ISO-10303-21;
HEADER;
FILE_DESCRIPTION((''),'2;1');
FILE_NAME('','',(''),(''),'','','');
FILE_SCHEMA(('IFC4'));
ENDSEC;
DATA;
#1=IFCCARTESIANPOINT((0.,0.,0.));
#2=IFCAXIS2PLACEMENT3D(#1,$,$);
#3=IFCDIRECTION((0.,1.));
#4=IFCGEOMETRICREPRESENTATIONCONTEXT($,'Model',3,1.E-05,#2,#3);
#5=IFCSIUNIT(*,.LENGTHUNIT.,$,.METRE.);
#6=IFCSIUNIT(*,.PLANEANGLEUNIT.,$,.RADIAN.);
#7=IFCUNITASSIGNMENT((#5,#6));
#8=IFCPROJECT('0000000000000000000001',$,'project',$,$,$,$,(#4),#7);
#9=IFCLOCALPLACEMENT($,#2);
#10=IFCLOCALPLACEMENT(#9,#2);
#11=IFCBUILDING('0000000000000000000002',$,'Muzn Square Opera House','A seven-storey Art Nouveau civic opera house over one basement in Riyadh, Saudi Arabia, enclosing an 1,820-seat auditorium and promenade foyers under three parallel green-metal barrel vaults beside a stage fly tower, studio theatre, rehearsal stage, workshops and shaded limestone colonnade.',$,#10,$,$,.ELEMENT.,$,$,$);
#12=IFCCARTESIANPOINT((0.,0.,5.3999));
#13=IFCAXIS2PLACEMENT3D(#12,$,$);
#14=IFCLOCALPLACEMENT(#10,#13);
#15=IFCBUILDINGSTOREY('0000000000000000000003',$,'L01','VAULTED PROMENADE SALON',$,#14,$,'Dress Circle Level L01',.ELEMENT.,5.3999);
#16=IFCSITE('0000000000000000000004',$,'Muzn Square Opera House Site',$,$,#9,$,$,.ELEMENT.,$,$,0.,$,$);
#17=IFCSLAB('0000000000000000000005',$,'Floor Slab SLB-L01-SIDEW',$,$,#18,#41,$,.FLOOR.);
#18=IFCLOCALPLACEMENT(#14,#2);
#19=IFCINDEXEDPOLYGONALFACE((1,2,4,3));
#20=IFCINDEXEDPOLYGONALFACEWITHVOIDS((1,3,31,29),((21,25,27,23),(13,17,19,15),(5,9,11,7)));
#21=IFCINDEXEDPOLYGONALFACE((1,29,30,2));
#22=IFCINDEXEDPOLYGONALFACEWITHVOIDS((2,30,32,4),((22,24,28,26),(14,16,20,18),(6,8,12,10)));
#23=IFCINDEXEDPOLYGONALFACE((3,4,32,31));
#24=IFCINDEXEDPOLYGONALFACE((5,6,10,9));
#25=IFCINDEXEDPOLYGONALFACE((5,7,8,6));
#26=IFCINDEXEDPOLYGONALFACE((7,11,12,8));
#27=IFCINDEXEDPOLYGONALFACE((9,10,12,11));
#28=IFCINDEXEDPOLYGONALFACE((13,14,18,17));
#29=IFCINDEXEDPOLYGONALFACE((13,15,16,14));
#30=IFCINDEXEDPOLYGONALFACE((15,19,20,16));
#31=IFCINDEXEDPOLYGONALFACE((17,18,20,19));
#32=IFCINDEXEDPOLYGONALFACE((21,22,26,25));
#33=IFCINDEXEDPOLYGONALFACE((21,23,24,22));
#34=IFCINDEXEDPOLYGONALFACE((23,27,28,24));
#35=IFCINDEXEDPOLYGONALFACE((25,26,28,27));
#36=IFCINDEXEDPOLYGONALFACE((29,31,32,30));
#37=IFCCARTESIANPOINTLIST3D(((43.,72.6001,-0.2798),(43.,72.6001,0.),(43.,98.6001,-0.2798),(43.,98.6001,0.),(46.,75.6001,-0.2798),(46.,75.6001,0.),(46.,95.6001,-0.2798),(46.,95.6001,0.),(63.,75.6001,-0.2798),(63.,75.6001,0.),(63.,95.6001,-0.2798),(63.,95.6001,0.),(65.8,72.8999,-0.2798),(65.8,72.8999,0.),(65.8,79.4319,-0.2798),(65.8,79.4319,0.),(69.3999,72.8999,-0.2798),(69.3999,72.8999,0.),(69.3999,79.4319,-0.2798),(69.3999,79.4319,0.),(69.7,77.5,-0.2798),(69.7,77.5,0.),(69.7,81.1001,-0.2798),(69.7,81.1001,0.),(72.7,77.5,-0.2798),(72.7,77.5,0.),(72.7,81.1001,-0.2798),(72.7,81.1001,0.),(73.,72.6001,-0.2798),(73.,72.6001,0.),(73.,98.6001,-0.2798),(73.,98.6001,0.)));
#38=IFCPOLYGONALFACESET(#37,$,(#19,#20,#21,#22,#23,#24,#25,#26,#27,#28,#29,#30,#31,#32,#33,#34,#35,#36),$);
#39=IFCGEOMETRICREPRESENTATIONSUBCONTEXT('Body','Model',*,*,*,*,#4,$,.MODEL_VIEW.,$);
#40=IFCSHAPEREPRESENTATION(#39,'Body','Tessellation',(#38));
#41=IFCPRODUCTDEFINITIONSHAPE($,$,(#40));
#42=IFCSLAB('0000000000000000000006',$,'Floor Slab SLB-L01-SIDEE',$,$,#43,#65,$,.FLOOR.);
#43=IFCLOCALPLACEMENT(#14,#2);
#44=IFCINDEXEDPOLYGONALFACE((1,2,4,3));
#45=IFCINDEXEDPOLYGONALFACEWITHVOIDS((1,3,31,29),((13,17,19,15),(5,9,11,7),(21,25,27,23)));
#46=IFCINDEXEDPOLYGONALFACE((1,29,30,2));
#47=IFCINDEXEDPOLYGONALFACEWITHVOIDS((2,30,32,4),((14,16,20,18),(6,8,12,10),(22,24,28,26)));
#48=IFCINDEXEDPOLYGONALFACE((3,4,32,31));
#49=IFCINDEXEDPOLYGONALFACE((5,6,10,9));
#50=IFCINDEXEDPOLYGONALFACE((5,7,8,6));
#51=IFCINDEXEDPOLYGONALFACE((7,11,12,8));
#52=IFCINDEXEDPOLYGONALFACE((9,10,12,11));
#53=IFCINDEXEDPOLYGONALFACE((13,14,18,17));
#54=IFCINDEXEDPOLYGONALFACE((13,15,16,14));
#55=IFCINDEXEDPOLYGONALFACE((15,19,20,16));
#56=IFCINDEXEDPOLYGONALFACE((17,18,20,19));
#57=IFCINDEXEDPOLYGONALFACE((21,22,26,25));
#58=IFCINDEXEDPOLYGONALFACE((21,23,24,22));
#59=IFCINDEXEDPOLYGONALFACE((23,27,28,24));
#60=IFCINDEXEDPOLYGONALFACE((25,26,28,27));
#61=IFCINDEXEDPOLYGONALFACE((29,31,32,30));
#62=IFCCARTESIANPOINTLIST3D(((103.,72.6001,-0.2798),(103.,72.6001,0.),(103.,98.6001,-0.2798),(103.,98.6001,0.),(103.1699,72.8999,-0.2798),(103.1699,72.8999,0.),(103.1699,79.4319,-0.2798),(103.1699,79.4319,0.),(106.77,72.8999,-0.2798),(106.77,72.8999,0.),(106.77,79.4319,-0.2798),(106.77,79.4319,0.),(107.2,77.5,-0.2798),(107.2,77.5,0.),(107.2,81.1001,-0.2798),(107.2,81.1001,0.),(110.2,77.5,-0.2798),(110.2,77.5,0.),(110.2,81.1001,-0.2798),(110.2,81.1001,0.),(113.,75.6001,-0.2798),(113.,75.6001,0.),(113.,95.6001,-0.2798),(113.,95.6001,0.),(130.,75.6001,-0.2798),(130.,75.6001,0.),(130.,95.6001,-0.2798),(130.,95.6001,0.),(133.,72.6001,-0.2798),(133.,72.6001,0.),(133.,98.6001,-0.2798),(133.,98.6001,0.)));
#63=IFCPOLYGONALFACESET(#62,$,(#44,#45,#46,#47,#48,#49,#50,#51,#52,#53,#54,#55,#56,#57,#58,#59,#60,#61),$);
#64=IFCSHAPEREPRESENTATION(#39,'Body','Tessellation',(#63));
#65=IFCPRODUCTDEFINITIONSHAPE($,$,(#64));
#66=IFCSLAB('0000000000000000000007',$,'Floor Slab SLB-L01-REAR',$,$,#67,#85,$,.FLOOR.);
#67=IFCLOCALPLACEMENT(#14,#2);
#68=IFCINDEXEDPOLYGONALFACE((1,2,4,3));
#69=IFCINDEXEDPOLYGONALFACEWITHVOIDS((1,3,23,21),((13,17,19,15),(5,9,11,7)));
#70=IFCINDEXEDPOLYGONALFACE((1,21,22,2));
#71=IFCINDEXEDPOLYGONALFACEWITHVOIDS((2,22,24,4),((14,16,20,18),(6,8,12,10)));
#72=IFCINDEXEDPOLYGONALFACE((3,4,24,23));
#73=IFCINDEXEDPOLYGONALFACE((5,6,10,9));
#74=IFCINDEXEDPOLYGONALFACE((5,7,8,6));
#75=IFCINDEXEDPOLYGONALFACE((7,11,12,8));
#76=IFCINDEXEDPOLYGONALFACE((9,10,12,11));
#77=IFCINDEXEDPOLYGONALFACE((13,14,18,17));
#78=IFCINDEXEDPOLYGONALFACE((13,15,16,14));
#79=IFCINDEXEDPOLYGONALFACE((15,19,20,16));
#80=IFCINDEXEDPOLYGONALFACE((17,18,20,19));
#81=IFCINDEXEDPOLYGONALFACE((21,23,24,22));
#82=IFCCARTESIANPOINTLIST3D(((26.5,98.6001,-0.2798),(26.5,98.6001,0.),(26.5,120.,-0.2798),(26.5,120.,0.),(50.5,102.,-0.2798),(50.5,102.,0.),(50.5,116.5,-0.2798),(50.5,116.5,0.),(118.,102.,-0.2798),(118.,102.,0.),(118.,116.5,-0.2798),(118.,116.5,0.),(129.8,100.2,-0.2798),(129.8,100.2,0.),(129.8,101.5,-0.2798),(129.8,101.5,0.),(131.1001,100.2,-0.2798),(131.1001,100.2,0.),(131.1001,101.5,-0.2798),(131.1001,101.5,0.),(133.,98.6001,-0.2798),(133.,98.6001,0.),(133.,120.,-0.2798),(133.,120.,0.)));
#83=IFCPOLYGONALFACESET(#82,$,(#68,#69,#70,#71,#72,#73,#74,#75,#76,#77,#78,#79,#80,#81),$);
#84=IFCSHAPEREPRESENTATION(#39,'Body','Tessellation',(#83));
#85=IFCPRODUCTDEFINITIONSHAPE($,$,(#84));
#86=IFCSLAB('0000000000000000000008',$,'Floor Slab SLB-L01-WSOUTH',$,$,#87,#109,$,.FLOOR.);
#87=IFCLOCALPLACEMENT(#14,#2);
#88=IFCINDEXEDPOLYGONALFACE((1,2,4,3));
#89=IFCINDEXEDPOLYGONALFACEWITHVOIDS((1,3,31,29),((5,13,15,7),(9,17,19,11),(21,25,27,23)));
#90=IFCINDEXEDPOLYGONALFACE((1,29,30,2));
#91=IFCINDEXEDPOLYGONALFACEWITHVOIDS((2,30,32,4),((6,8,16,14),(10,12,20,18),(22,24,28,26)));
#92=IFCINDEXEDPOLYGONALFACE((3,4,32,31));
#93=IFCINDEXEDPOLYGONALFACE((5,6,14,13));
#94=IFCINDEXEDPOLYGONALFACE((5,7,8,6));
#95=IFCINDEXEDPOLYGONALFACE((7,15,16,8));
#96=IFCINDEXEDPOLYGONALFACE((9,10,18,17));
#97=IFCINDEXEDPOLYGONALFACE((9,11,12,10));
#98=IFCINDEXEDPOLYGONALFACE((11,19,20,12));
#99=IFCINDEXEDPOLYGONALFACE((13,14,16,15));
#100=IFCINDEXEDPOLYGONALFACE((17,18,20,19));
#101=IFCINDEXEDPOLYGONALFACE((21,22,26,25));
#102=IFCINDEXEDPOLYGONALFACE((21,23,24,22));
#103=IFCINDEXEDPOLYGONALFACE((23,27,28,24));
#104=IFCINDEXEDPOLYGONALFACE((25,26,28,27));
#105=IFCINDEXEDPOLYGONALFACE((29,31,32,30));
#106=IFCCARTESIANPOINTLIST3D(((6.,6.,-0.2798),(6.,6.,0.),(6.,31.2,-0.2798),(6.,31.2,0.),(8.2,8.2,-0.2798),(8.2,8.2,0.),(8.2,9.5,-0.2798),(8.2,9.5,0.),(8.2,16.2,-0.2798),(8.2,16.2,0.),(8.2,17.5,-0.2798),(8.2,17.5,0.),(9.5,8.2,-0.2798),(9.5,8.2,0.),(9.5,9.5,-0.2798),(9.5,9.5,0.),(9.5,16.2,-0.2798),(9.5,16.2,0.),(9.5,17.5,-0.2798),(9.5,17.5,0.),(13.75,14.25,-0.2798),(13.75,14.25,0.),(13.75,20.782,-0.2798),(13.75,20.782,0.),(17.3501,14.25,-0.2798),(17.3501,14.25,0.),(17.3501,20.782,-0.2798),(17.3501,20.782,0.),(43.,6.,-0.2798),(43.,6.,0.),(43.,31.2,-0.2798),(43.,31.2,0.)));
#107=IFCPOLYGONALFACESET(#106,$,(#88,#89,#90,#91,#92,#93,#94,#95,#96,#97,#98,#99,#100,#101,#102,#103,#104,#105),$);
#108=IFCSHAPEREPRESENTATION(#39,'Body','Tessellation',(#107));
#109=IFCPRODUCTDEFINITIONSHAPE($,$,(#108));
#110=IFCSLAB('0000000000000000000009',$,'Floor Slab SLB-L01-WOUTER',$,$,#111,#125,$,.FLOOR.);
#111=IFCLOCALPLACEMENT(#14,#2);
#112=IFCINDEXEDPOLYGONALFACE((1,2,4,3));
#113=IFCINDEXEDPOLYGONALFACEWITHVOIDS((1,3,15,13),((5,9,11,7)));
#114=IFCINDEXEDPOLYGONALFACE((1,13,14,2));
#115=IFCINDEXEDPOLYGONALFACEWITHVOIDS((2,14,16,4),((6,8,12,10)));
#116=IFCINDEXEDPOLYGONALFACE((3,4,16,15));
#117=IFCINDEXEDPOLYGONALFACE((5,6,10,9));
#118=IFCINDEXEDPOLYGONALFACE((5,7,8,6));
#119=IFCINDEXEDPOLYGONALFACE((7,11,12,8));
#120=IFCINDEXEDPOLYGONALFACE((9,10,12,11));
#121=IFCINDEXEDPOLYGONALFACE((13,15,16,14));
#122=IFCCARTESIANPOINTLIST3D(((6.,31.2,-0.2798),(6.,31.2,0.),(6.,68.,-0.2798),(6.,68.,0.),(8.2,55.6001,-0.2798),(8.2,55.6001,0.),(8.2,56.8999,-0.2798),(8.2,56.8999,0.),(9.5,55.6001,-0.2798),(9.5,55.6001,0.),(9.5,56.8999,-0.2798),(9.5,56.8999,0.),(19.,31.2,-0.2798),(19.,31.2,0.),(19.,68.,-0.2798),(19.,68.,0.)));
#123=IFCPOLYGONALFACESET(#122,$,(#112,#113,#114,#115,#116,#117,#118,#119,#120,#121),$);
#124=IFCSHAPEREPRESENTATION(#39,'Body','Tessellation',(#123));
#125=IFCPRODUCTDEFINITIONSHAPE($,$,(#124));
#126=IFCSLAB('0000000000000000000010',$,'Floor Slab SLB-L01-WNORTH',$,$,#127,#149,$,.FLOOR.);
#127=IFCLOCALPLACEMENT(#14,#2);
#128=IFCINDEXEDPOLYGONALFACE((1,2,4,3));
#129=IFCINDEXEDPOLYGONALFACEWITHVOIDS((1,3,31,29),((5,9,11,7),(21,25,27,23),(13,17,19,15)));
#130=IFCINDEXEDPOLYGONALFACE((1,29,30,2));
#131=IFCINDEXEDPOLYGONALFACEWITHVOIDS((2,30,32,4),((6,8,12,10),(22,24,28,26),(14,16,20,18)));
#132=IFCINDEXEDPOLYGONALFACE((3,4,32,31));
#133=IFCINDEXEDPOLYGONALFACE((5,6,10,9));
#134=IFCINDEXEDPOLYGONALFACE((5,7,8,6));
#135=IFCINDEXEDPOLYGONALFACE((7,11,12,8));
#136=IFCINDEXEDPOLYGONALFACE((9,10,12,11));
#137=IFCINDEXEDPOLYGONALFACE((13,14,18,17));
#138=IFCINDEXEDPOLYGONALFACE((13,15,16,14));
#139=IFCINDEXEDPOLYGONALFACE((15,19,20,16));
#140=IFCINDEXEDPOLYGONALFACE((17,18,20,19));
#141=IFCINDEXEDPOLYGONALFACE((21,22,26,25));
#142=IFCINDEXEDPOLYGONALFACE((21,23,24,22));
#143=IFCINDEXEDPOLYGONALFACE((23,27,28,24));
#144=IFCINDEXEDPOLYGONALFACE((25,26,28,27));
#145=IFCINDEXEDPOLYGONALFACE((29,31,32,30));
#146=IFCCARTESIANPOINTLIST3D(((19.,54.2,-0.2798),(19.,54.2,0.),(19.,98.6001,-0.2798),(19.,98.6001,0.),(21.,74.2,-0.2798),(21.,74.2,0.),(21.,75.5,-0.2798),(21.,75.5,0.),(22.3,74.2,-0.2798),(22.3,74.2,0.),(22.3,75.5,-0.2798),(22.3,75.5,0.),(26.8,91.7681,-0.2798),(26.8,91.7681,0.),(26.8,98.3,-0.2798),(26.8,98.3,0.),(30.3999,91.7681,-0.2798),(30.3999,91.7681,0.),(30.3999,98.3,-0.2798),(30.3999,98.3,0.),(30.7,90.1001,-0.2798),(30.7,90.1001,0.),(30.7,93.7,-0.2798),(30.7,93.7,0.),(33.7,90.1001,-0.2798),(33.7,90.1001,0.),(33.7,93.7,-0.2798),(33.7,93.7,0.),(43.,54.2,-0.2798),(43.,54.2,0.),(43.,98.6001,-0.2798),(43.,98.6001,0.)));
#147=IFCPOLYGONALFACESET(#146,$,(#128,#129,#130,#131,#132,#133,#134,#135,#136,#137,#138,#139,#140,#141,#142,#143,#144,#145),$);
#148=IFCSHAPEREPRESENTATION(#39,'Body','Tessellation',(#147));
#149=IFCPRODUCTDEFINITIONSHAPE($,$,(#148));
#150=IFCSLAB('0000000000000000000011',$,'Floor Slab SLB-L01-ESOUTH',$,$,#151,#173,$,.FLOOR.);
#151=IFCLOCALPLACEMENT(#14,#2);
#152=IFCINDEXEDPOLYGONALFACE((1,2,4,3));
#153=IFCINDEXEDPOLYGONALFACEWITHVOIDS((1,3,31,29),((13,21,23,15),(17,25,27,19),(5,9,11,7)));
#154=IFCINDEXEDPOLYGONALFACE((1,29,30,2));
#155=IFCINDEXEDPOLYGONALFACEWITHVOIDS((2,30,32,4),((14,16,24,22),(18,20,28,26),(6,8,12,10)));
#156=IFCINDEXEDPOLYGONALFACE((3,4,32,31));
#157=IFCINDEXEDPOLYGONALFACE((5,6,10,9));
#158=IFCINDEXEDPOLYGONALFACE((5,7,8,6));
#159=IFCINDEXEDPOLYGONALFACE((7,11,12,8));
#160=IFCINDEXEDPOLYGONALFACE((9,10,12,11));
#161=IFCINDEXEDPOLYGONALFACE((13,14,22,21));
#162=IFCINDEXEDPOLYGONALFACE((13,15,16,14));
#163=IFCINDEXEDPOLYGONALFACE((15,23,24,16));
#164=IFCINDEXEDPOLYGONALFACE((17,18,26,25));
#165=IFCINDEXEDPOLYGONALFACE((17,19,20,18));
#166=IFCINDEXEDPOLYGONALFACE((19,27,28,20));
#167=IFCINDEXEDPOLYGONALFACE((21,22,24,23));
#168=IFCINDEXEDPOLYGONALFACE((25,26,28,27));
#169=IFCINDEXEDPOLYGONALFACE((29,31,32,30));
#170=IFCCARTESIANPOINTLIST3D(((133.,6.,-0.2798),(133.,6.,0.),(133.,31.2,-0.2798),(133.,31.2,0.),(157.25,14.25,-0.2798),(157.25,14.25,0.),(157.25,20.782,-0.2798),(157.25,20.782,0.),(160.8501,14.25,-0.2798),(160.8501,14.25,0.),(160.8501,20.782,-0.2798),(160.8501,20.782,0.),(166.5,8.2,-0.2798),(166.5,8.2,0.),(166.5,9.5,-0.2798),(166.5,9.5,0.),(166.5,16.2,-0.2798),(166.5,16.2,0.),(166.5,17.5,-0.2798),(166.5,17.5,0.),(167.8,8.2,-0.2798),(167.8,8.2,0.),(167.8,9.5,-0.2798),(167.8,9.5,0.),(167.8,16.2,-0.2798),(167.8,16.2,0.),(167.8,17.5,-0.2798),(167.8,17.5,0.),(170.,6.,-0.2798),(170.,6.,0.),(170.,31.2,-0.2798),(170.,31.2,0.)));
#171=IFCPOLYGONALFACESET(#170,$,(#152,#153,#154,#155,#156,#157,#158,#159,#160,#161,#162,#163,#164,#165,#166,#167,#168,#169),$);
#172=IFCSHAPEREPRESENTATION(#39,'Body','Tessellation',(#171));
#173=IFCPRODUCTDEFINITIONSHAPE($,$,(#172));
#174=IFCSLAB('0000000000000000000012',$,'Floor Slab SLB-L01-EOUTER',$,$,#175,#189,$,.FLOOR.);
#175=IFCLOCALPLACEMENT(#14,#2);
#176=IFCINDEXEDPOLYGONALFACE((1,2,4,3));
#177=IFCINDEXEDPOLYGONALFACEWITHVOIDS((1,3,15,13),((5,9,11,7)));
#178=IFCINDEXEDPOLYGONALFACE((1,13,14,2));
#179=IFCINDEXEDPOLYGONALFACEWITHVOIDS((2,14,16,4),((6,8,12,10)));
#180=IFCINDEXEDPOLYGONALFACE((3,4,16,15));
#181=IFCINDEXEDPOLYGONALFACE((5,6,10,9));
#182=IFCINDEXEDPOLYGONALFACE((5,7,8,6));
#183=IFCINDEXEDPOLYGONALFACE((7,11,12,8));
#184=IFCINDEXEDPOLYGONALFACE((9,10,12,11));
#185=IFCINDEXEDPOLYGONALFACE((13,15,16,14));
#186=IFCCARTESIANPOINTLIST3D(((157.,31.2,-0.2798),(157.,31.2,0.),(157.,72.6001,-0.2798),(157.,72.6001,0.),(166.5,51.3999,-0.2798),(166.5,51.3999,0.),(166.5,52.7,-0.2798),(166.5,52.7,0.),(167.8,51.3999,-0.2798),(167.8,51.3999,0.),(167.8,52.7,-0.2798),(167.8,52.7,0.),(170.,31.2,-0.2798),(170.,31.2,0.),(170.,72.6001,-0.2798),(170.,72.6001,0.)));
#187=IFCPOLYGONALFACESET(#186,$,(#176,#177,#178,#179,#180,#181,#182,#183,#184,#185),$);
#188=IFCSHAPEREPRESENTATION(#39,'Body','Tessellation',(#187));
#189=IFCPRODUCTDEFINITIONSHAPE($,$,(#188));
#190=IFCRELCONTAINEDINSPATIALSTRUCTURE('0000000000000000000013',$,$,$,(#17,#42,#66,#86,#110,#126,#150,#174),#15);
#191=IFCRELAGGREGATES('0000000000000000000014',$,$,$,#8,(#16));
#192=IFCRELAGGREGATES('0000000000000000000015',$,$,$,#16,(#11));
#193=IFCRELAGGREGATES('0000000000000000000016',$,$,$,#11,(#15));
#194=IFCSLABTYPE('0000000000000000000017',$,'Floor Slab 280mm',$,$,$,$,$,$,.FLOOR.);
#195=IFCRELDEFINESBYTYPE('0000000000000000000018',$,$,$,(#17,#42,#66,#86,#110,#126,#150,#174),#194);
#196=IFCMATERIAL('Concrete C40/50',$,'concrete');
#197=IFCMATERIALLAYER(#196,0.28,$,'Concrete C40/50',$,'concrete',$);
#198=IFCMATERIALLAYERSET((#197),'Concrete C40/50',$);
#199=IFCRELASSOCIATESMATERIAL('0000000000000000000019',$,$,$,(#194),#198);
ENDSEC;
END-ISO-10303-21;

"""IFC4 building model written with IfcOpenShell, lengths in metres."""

from ifc_helpers import new_model, si_unit, direction, frame, origin, place, context, subcontext, project, spatial, polyline, outline, extrude, material, layer, layer_set, type_object, element, save


model = new_model("IFC4")

# Units and contexts
model_context = context("Model", 3, precision=1e-05, world=origin(), true_north=direction((0.0, 1.0)))
body_context = subcontext(model_context, "Body", "Model", "MODEL_VIEW")
ifc_project = project(units=[si_unit("LENGTHUNIT", "METRE"), si_unit("PLANEANGLEUNIT", "RADIAN")], contexts=[model_context])

# Site, building, storey
site_placement = place(None, origin())
site = spatial("IfcSite", under=ifc_project, at=site_placement, Name="Muzn Square Opera House Site", CompositionType="ELEMENT", RefElevation=0.0)
building_placement = place(site_placement, origin())
building = spatial("IfcBuilding", under=site, at=building_placement, Name="Muzn Square Opera House", Description="A seven-storey Art Nouveau civic opera house over one basement in Riyadh, Saudi Arabia, enclosing an 1,820-seat auditorium and promenade foyers under three parallel green-metal barrel vaults beside a stage fly tower, studio theatre, rehearsal stage, workshops and shaded limestone colonnade.", CompositionType="ELEMENT")
storey_placement = place(building_placement, frame((0.0, 0.0, 5.3999)))
storey = spatial("IfcBuildingStorey", under=building, at=storey_placement, Name="L01", Description="VAULTED PROMENADE SALON", LongName="Dress Circle Level L01", CompositionType="ELEMENT", Elevation=5.3999)

# Slabs
ifc_material_1 = material(Name="Concrete C40/50", Category="concrete")
ifc_layer_1 = layer(ifc_material_1, 0.28, Name="Concrete C40/50", Category="concrete")
ifc_layer_set_1 = layer_set([ifc_layer_1], Name="Concrete C40/50")
slab_type_1 = type_object("IfcSlabType", Name="Floor Slab 280mm", PredefinedType="FLOOR", material=ifc_layer_set_1)
slab_1_placement = place(storey_placement, frame((0.0, 0.0, -0.2798)))
element("IfcSlab", 1, at=slab_1_placement, inside=storey, type_object=slab_type_1, Name="Floor Slab SLB-L01-SIDEW", PredefinedType="FLOOR", context=body_context, shape_type="SweptSolid", body=[
    extrude(outline(polyline([(43.0, 72.6001), (73.0, 72.6001), (73.0, 98.6001), (43.0, 98.6001), (43.0, 72.6001)]), holes=[polyline([(46.0, 75.6001), (63.0, 75.6001), (63.0, 95.6001), (46.0, 95.6001), (46.0, 75.6001)]), polyline([(65.8, 72.8999), (69.3999, 72.8999), (69.3999, 79.4319), (65.8, 79.4319), (65.8, 72.8999)]), polyline([(69.7, 77.5), (72.7, 77.5), (72.7, 81.1001), (69.7, 81.1001), (69.7, 77.5)])]), origin(), (0.0, 0.0, 1.0), 0.2798),
])
slab_2_placement = place(storey_placement, frame((0.0, 0.0, -0.2798)))
element("IfcSlab", 2, at=slab_2_placement, inside=storey, type_object=slab_type_1, Name="Floor Slab SLB-L01-SIDEE", PredefinedType="FLOOR", context=body_context, shape_type="SweptSolid", body=[
    extrude(outline(polyline([(103.0, 72.6001), (133.0, 72.6001), (133.0, 98.6001), (103.0, 98.6001), (103.0, 72.6001)]), holes=[polyline([(113.0, 75.6001), (130.0, 75.6001), (130.0, 95.6001), (113.0, 95.6001), (113.0, 75.6001)]), polyline([(103.1699, 72.8999), (106.77, 72.8999), (106.77, 79.4319), (103.1699, 79.4319), (103.1699, 72.8999)]), polyline([(107.2, 77.5), (110.2, 77.5), (110.2, 81.1001), (107.2, 81.1001), (107.2, 77.5)])]), origin(), (0.0, 0.0, 1.0), 0.2798),
])
slab_3_placement = place(storey_placement, frame((0.0, 0.0, -0.2798)))
element("IfcSlab", 3, at=slab_3_placement, inside=storey, type_object=slab_type_1, Name="Floor Slab SLB-L01-REAR", PredefinedType="FLOOR", context=body_context, shape_type="SweptSolid", body=[
    extrude(outline(polyline([(26.5, 98.6001), (133.0, 98.6001), (133.0, 120.0), (26.5, 120.0), (26.5, 98.6001)]), holes=[polyline([(50.5, 102.0), (118.0, 102.0), (118.0, 116.5), (50.5, 116.5), (50.5, 102.0)]), polyline([(129.8, 100.2), (131.1001, 100.2), (131.1001, 101.5), (129.8, 101.5), (129.8, 100.2)])]), origin(), (0.0, 0.0, 1.0), 0.2798),
])
slab_4_placement = place(storey_placement, frame((0.0, 0.0, -0.2798)))
element("IfcSlab", 4, at=slab_4_placement, inside=storey, type_object=slab_type_1, Name="Floor Slab SLB-L01-WSOUTH", PredefinedType="FLOOR", context=body_context, shape_type="SweptSolid", body=[
    extrude(outline(polyline([(6.0, 6.0), (43.0, 6.0), (43.0, 31.2), (6.0, 31.2), (6.0, 6.0)]), holes=[polyline([(13.75, 14.25), (17.3501, 14.25), (17.3501, 20.782), (13.75, 20.782), (13.75, 14.25)]), polyline([(8.2, 8.2), (9.5, 8.2), (9.5, 9.5), (8.2, 9.5), (8.2, 8.2)]), polyline([(8.2, 16.2), (9.5, 16.2), (9.5, 17.5), (8.2, 17.5), (8.2, 16.2)])]), origin(), (0.0, 0.0, 1.0), 0.2798),
])
slab_5_placement = place(storey_placement, frame((0.0, 0.0, -0.2798)))
element("IfcSlab", 5, at=slab_5_placement, inside=storey, type_object=slab_type_1, Name="Floor Slab SLB-L01-WOUTER", PredefinedType="FLOOR", context=body_context, shape_type="SweptSolid", body=[
    extrude(outline(polyline([(6.0, 31.2), (19.0, 31.2), (19.0, 68.0), (6.0, 68.0), (6.0, 31.2)]), holes=[polyline([(8.2, 55.6001), (9.5, 55.6001), (9.5, 56.8999), (8.2, 56.8999), (8.2, 55.6001)])]), origin(), (0.0, 0.0, 1.0), 0.2798),
])
slab_6_placement = place(storey_placement, frame((0.0, 0.0, -0.2798)))
element("IfcSlab", 6, at=slab_6_placement, inside=storey, type_object=slab_type_1, Name="Floor Slab SLB-L01-WNORTH", PredefinedType="FLOOR", context=body_context, shape_type="SweptSolid", body=[
    extrude(outline(polyline([(19.0, 54.2), (43.0, 54.2), (43.0, 98.6001), (19.0, 98.6001), (19.0, 54.2)]), holes=[polyline([(26.8, 91.7681), (30.3999, 91.7681), (30.3999, 98.3), (26.8, 98.3), (26.8, 91.7681)]), polyline([(30.7, 90.1001), (33.7, 90.1001), (33.7, 93.7), (30.7, 93.7), (30.7, 90.1001)]), polyline([(21.0, 74.2), (22.3, 74.2), (22.3, 75.5), (21.0, 75.5), (21.0, 74.2)])]), origin(), (0.0, 0.0, 1.0), 0.2798),
])
slab_7_placement = place(storey_placement, frame((0.0, 0.0, -0.2798)))
element("IfcSlab", 7, at=slab_7_placement, inside=storey, type_object=slab_type_1, Name="Floor Slab SLB-L01-ESOUTH", PredefinedType="FLOOR", context=body_context, shape_type="SweptSolid", body=[
    extrude(outline(polyline([(133.0, 6.0), (170.0, 6.0), (170.0, 31.2), (133.0, 31.2), (133.0, 6.0)]), holes=[polyline([(157.25, 14.25), (160.8501, 14.25), (160.8501, 20.782), (157.25, 20.782), (157.25, 14.25)]), polyline([(166.5, 8.2), (167.8, 8.2), (167.8, 9.5), (166.5, 9.5), (166.5, 8.2)]), polyline([(166.5, 16.2), (167.8, 16.2), (167.8, 17.5), (166.5, 17.5), (166.5, 16.2)])]), origin(), (0.0, 0.0, 1.0), 0.2798),
])
slab_8_placement = place(storey_placement, frame((0.0, 0.0, -0.2798)))
element("IfcSlab", 8, at=slab_8_placement, inside=storey, type_object=slab_type_1, Name="Floor Slab SLB-L01-EOUTER", PredefinedType="FLOOR", context=body_context, shape_type="SweptSolid", body=[
    extrude(outline(polyline([(157.0, 31.2), (170.0, 31.2), (170.0, 72.6001), (157.0, 72.6001), (157.0, 31.2)]), holes=[polyline([(166.5, 51.3999), (167.8, 51.3999), (167.8, 52.7), (166.5, 52.7), (166.5, 51.3999)])]), origin(), (0.0, 0.0, 1.0), 0.2798),
])

save(model, "model.ifc")
